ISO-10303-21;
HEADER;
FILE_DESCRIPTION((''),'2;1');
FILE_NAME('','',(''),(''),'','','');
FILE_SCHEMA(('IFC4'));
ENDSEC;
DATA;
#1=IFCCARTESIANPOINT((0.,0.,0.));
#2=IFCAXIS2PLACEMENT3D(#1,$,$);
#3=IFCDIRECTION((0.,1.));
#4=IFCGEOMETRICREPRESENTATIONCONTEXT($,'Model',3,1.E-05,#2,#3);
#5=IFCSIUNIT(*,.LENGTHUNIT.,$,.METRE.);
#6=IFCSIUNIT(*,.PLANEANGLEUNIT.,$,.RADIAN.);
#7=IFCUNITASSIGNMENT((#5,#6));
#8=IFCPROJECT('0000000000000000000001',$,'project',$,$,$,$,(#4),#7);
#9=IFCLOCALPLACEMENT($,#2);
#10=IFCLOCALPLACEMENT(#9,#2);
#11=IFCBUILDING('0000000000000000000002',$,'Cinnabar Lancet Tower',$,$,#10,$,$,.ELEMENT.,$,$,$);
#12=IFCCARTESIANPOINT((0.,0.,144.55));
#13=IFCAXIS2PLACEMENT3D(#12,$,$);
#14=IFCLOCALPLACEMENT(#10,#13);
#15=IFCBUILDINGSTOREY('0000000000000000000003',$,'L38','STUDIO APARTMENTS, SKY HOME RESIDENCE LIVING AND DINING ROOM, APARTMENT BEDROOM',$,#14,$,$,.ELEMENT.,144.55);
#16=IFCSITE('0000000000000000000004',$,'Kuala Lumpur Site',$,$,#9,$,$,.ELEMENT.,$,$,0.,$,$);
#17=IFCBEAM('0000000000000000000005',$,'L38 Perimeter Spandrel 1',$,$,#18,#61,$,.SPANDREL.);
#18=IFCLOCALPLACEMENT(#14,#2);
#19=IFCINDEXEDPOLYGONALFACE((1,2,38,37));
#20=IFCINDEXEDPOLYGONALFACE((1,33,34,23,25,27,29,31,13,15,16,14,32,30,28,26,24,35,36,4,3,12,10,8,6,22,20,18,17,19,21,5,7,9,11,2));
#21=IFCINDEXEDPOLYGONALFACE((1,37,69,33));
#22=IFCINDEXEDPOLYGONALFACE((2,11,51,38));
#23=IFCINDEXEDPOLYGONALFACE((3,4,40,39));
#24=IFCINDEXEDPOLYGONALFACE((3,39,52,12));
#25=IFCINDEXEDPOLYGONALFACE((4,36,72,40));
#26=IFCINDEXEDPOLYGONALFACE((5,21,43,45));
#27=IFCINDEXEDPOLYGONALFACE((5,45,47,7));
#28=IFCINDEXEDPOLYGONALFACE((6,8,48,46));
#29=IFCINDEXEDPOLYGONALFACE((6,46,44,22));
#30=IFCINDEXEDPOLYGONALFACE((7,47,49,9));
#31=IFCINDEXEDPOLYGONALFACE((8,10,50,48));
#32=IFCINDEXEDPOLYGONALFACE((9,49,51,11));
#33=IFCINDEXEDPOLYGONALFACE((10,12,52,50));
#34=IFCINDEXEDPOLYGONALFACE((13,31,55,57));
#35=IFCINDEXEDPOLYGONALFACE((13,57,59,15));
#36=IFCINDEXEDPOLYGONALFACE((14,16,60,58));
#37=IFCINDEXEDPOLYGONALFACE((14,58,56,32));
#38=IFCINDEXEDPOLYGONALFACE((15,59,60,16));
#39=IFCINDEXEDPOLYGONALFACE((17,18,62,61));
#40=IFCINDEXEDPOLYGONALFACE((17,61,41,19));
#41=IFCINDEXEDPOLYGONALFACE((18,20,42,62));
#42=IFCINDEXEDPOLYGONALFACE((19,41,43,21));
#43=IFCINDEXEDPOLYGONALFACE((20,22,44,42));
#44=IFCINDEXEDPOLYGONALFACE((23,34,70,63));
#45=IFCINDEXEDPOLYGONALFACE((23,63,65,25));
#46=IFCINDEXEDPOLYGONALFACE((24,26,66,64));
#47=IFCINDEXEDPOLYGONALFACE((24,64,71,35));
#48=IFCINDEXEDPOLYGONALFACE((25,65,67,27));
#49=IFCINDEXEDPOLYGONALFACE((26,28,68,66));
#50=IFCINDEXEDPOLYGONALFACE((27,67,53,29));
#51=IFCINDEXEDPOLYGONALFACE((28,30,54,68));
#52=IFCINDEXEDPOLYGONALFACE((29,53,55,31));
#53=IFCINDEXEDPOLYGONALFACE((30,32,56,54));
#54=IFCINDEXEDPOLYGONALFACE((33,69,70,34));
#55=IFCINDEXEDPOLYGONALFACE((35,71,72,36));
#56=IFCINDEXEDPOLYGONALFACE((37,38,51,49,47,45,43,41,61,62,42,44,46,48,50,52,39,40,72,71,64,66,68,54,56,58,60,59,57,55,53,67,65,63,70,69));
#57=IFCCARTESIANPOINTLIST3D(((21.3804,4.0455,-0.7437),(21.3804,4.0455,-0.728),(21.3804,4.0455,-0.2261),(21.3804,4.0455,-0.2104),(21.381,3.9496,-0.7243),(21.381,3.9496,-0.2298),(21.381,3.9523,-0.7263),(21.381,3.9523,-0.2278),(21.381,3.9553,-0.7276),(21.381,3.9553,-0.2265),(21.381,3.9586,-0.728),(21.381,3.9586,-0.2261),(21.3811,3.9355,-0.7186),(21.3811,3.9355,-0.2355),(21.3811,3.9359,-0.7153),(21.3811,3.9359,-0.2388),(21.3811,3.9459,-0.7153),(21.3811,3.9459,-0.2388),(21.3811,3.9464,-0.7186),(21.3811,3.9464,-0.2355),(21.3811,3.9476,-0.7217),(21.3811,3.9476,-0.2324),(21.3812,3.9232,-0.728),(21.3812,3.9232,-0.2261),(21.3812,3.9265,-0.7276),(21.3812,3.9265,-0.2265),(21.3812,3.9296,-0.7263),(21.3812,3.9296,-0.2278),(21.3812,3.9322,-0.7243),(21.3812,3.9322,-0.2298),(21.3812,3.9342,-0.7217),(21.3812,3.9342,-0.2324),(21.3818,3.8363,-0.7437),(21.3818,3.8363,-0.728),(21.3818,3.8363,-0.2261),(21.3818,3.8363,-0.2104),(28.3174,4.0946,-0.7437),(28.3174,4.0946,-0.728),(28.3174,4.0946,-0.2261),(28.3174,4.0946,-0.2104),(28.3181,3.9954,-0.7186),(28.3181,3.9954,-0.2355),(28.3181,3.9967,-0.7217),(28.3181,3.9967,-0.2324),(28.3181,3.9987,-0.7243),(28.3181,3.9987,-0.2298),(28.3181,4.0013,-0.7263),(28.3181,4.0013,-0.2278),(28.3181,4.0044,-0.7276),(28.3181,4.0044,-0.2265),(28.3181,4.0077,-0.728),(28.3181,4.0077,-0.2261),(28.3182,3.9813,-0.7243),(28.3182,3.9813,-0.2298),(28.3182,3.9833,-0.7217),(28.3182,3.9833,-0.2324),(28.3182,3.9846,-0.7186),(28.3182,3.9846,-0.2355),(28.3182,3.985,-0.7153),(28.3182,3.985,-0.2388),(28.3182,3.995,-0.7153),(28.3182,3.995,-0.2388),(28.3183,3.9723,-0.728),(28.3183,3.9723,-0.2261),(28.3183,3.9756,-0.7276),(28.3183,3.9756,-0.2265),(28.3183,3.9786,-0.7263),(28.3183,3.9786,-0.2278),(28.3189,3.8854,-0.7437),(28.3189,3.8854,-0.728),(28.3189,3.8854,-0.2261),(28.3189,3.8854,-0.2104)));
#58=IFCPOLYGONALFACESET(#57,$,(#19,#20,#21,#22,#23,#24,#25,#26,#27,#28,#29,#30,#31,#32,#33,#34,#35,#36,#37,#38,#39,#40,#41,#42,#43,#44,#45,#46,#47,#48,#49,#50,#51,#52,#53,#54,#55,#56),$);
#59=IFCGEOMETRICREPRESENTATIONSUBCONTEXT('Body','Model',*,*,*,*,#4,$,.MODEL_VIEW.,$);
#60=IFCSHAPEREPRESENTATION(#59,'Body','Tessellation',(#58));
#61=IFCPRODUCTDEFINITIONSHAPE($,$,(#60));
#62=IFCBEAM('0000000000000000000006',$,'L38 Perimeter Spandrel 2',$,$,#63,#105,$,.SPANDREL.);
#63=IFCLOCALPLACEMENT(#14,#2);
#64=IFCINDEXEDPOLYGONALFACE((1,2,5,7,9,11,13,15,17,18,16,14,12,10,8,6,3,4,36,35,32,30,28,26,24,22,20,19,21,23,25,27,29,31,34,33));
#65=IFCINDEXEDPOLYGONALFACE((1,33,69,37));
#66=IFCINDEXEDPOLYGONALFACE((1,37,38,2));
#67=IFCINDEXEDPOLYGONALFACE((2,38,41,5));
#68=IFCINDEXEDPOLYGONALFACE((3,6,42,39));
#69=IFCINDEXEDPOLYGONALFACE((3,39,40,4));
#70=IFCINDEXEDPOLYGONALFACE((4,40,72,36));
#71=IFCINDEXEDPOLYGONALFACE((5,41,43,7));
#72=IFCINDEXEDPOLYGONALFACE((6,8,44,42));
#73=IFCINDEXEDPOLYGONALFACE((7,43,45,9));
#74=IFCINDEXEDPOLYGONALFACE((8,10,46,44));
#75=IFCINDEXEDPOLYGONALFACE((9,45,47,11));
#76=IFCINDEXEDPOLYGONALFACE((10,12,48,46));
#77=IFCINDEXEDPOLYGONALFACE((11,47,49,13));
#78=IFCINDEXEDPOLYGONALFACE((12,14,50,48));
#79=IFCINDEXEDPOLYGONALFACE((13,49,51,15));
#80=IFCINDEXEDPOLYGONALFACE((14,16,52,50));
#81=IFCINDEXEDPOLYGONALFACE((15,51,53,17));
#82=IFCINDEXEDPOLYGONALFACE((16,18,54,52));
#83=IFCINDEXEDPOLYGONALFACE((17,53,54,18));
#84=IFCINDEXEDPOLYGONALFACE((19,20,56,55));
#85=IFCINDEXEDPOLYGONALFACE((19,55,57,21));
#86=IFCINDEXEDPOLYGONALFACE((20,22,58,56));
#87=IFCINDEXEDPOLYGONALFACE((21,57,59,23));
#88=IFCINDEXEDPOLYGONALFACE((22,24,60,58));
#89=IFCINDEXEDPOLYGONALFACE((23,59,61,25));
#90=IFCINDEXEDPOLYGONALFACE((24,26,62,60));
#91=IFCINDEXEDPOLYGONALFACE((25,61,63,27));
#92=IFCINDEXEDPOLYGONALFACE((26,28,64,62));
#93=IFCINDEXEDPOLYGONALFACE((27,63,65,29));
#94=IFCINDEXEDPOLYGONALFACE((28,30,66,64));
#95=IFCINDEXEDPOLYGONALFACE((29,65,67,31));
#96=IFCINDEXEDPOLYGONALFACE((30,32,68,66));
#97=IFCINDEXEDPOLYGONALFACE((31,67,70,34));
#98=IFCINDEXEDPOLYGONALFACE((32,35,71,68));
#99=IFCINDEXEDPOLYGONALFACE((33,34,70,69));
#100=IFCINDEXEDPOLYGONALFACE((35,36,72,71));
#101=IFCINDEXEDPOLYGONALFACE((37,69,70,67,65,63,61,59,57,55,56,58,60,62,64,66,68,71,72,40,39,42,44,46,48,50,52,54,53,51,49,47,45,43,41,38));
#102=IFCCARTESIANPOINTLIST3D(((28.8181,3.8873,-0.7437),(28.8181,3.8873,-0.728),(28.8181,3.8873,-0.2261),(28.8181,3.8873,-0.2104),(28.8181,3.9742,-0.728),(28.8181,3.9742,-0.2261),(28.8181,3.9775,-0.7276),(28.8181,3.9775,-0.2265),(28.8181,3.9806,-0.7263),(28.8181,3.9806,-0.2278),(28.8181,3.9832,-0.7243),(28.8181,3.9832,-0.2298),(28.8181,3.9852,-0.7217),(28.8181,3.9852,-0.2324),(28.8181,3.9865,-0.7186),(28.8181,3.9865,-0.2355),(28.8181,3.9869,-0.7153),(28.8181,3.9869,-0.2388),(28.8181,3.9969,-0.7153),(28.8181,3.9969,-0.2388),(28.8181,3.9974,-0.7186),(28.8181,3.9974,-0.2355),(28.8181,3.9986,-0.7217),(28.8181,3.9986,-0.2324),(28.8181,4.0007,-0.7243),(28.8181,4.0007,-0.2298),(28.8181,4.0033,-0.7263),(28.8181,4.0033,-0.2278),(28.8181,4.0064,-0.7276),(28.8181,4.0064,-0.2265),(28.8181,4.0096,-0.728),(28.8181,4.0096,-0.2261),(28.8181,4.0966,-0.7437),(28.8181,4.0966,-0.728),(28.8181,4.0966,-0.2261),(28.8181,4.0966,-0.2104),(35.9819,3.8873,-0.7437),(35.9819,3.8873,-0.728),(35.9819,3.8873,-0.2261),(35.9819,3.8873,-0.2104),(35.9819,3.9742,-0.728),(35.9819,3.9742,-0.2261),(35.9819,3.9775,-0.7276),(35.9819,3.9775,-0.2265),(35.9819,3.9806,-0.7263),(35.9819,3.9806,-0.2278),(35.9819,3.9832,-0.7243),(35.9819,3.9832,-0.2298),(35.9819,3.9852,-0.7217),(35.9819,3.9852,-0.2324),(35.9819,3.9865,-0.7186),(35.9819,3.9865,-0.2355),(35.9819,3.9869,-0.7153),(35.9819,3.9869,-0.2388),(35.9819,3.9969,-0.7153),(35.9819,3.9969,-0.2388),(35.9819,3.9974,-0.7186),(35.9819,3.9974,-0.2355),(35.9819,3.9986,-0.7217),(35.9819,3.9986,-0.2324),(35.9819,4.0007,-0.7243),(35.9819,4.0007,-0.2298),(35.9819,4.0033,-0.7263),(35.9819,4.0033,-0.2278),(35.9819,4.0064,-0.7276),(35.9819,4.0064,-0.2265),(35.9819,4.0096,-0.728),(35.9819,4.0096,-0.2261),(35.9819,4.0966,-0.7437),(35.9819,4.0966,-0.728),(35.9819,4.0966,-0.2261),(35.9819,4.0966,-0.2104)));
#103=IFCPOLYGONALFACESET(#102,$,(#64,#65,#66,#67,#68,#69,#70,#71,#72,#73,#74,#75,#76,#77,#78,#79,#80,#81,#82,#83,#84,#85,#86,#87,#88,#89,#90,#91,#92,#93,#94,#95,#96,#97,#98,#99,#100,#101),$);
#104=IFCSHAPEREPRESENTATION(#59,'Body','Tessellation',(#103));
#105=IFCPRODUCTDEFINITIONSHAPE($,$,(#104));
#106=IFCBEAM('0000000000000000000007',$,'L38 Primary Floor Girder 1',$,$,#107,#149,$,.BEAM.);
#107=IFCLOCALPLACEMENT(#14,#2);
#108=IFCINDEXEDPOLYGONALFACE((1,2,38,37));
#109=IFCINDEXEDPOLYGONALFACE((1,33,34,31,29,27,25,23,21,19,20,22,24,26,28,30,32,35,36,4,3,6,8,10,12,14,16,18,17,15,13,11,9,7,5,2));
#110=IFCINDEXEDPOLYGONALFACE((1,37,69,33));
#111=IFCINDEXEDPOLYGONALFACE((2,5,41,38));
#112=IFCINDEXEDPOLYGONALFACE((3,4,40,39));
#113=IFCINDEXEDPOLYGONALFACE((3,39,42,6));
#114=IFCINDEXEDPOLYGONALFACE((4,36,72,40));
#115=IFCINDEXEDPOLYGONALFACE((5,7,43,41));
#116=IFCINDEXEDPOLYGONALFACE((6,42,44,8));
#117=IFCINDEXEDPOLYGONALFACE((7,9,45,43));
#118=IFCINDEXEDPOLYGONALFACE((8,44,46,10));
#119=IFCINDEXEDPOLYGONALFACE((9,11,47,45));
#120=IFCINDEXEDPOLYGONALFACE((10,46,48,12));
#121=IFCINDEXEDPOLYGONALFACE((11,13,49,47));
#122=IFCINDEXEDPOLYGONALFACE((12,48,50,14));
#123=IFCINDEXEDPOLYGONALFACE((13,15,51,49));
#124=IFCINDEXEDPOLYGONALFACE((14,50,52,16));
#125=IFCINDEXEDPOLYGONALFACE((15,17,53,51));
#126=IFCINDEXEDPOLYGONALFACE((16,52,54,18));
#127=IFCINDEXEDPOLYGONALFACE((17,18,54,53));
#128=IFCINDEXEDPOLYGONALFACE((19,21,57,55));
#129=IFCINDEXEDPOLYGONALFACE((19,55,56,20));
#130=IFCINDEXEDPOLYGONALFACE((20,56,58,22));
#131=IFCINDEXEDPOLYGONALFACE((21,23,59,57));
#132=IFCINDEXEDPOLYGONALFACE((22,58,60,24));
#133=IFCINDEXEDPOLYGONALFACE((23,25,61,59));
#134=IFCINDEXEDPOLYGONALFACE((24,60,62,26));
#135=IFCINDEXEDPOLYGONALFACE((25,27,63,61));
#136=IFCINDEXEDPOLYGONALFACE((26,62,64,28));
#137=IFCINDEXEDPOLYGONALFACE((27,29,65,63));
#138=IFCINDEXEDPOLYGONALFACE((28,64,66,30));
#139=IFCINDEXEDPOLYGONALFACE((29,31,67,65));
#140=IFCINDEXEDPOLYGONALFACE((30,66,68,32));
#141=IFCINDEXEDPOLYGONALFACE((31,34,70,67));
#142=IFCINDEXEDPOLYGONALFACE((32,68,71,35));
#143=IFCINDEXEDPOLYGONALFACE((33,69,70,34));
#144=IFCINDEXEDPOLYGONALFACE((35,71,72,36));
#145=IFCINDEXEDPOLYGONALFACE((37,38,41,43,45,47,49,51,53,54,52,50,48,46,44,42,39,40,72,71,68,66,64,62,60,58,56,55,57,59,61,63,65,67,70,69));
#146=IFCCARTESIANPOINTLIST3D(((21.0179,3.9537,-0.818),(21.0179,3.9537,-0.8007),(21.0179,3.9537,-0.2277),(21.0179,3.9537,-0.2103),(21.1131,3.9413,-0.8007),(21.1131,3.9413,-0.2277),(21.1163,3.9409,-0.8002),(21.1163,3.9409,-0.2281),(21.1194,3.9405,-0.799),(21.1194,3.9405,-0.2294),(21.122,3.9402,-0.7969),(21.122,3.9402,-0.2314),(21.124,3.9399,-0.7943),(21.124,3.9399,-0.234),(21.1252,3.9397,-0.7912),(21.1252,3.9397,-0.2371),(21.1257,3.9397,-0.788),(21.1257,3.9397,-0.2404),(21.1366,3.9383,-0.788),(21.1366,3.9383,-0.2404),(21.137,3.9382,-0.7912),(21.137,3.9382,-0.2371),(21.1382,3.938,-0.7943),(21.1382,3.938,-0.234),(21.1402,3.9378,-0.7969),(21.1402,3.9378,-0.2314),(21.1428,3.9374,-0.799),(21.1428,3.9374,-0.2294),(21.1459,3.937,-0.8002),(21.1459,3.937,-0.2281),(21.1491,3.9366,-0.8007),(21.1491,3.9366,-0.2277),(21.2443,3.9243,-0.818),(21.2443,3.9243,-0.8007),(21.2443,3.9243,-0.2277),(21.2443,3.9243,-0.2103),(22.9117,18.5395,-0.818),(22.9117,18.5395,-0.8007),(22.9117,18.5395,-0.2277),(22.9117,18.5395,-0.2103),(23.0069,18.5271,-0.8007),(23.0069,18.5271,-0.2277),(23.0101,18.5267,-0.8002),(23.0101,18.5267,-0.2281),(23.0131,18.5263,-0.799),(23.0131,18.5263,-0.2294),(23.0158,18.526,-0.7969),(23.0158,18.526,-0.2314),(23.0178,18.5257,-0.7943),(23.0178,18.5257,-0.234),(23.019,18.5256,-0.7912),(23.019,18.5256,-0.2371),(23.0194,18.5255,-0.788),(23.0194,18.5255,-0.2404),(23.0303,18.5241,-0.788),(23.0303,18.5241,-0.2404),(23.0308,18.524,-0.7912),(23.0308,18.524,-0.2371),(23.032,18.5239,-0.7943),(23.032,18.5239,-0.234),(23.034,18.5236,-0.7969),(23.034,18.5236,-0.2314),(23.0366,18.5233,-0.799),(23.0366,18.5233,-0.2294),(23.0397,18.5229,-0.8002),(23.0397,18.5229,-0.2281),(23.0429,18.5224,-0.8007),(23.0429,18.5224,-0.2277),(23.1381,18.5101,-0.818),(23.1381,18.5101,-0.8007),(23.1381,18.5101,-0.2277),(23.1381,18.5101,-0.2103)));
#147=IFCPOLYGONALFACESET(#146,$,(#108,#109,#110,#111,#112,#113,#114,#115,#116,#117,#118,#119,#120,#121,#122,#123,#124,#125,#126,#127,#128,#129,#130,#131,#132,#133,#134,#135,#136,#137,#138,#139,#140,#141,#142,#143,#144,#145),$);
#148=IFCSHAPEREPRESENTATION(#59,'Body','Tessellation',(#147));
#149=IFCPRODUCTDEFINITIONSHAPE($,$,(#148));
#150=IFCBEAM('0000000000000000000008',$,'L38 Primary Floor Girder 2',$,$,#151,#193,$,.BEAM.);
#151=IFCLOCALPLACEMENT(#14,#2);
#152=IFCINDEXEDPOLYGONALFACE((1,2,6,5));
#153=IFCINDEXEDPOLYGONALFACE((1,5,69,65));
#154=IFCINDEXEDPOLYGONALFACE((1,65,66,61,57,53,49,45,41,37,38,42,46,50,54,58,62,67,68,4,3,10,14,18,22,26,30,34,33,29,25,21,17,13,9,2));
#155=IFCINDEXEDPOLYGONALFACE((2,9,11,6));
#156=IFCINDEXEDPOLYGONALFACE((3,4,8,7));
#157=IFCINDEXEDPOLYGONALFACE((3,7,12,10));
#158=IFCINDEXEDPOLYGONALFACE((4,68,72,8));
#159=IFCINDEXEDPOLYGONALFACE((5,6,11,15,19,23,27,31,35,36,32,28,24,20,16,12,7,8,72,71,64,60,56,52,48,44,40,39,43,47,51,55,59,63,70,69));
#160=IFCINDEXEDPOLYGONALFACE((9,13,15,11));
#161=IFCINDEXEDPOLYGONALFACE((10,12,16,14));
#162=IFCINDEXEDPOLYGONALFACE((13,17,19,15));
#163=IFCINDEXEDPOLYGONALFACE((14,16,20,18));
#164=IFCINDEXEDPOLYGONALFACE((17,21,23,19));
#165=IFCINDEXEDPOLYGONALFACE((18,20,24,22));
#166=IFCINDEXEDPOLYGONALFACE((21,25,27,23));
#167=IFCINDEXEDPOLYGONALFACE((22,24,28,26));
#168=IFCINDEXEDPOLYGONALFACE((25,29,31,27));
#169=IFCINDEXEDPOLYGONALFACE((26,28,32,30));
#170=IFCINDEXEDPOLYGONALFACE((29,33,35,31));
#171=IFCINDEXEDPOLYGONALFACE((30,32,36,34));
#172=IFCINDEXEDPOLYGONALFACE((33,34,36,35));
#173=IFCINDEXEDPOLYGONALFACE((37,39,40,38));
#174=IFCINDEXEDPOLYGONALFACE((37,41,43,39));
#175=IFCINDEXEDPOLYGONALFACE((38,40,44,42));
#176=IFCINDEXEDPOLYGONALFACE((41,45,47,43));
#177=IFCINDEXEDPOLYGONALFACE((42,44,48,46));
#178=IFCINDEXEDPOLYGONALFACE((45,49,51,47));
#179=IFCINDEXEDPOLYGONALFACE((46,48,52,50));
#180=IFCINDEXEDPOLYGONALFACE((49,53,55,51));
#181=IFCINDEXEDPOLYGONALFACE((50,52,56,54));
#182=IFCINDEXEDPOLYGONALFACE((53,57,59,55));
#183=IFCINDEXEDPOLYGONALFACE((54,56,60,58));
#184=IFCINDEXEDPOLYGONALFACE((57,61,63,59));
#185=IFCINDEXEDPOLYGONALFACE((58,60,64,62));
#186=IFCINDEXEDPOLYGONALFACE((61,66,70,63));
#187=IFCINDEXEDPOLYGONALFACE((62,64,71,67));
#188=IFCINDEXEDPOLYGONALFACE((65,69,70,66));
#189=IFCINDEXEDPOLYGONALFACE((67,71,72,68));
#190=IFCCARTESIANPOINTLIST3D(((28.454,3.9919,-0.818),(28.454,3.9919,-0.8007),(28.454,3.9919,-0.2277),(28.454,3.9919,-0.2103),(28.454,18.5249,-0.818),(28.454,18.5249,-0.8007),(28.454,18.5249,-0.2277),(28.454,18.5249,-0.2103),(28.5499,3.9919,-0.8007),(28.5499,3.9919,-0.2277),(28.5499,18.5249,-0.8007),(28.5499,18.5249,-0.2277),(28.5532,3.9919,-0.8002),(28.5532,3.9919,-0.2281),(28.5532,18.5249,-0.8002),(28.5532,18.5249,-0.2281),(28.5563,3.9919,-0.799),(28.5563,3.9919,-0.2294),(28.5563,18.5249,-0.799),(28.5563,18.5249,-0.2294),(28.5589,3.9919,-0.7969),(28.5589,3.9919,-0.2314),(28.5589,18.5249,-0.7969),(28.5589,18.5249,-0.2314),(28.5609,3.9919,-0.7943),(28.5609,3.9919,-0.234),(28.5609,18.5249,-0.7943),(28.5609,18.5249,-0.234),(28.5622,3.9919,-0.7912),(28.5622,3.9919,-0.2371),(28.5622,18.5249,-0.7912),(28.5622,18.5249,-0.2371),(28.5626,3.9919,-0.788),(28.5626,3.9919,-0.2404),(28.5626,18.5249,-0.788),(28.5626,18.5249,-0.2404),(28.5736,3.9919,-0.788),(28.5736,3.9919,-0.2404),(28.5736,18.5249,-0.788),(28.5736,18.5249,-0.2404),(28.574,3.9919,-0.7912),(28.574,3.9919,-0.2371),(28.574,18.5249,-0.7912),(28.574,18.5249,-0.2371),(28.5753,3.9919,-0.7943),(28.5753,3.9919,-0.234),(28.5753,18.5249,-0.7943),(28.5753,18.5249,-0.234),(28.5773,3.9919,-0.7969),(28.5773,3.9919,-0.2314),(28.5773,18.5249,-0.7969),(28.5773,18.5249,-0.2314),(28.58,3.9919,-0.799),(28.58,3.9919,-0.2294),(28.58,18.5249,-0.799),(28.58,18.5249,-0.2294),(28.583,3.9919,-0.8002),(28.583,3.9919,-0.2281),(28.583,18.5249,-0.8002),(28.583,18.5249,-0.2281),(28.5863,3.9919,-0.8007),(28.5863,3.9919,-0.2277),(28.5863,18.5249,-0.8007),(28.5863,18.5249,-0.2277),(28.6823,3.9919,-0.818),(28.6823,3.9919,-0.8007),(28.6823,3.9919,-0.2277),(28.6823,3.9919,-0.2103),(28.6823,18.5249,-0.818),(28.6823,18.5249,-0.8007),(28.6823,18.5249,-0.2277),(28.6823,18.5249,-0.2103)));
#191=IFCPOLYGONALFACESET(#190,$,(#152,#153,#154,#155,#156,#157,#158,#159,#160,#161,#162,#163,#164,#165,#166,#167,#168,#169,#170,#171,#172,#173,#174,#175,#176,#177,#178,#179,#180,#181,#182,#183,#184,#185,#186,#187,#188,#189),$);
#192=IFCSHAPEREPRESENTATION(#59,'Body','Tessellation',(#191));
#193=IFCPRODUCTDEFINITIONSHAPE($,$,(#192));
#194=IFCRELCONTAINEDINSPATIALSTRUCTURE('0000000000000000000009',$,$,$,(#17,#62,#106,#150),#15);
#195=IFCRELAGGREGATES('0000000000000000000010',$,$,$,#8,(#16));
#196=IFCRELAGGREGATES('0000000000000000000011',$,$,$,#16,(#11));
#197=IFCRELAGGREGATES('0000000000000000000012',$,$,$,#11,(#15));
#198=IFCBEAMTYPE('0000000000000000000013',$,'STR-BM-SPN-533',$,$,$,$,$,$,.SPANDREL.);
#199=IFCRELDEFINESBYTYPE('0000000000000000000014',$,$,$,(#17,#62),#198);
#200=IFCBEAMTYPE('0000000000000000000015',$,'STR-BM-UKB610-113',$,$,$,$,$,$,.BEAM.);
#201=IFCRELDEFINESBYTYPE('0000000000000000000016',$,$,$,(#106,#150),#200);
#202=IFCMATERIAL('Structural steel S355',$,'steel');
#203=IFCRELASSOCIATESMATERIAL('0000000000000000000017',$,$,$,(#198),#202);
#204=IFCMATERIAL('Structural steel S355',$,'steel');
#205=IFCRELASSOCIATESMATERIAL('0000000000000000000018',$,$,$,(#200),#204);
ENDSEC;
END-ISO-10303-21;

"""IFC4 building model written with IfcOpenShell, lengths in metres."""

from ifc_helpers import new_model, si_unit, direction, frame, origin, origin_2d, place, context, subcontext, project, spatial, i_section, extrude, material, material_profile, profile_set, type_object, element, save


model = new_model("IFC4")

# Units and contexts
model_context = context("Model", 3, precision=1e-05, world=origin(), true_north=direction((0.0, 1.0)))
body_context = subcontext(model_context, "Body", "Model", "MODEL_VIEW")
ifc_project = project(units=[si_unit("LENGTHUNIT", "METRE"), si_unit("PLANEANGLEUNIT", "RADIAN")], contexts=[model_context])

# Site, building, storey
site_placement = place(None, origin())
site = spatial("IfcSite", under=ifc_project, at=site_placement, Name="Kuala Lumpur Site", CompositionType="ELEMENT", RefElevation=0.0)
building_placement = place(site_placement, origin())
building = spatial("IfcBuilding", under=site, at=building_placement, Name="Cinnabar Lancet Tower", CompositionType="ELEMENT")
storey_placement = place(building_placement, frame((0.0, 0.0, 144.55)))
storey = spatial("IfcBuildingStorey", under=building, at=storey_placement, Name="L38", Description="STUDIO APARTMENTS, SKY HOME RESIDENCE LIVING AND DINING ROOM, APARTMENT BEDROOM", CompositionType="ELEMENT", Elevation=144.55)

# Beams
ifc_material_1 = material(Name="Structural steel S355", Category="steel")
ifc_material_profile_1 = material_profile(ifc_material_1, i_section(OverallWidth=0.2092, OverallDepth=0.5332, WebThickness=0.01, FlangeThickness=0.0156, FilletRadius=0.0127, at=origin_2d()), Name="UKB 533x210x92")
ifc_profile_set_1 = profile_set([ifc_material_profile_1], Name="Structural steel S355")
beam_type_1 = type_object("IfcBeamType", Name="STR-BM-SPN-533", PredefinedType="SPANDREL", material=ifc_profile_set_1)
beam_1_placement = place(storey_placement, frame((21.3811, 3.9409, -0.4771), z_axis=(0.999975, 0.007074, 0.0), x_axis=(-0.007074, 0.999975, 0.0)))
element("IfcBeam", 1, at=beam_1_placement, inside=storey, type_object=beam_type_1, Name="L38 Perimeter Spandrel 1", PredefinedType="SPANDREL", context=body_context, shape_type="SweptSolid", body=[
    extrude(i_section(OverallWidth=0.2092, OverallDepth=0.5332, WebThickness=0.01, FlangeThickness=0.0156, FilletRadius=0.0127, at=origin_2d()), origin(), (0.0, 0.0, 1.0), 6.9373),
])
beam_2_placement = place(storey_placement, frame((28.8181, 3.9919, -0.4771), z_axis=(1.0, 0.0, 0.0), x_axis=(0.0, 1.0, 0.0)))
element("IfcBeam", 2, at=beam_2_placement, inside=storey, type_object=beam_type_1, Name="L38 Perimeter Spandrel 2", PredefinedType="SPANDREL", context=body_context, shape_type="SweptSolid", body=[
    extrude(i_section(OverallWidth=0.2092, OverallDepth=0.5332, WebThickness=0.01, FlangeThickness=0.0156, FilletRadius=0.0127, at=origin_2d()), origin(), (0.0, 0.0, 1.0), 7.1638),
])
ifc_material_2 = material(Name="Structural steel S355", Category="steel")
ifc_material_profile_2 = material_profile(ifc_material_2, i_section(OverallWidth=0.2283, OverallDepth=0.6077, WebThickness=0.011, FlangeThickness=0.0173, FilletRadius=0.0127, at=origin_2d()), Name="UKB 610x229x113")
ifc_profile_set_2 = profile_set([ifc_material_profile_2], Name="Structural steel S355")
beam_type_2 = type_object("IfcBeamType", Name="STR-BM-UKB610-113", PredefinedType="BEAM", material=ifc_profile_set_2)
beam_3_placement = place(storey_placement, frame((21.1311, 3.939, -0.5142), z_axis=(0.128757, 0.991676, 0.0), x_axis=(-0.991676, 0.128757, 0.0)))
element("IfcBeam", 3, at=beam_3_placement, inside=storey, type_object=beam_type_2, Name="L38 Primary Floor Girder 1", PredefinedType="BEAM", context=body_context, shape_type="SweptSolid", body=[
    extrude(i_section(OverallWidth=0.2283, OverallDepth=0.6077, WebThickness=0.011, FlangeThickness=0.0173, FilletRadius=0.0127, at=origin_2d()), origin(), (0.0, 0.0, 1.0), 14.7083),
])
beam_4_placement = place(storey_placement, frame((28.5681, 3.9919, -0.5142), z_axis=(0.0, 1.0, 0.0), x_axis=(-1.0, 0.0, 0.0)))
element("IfcBeam", 4, at=beam_4_placement, inside=storey, type_object=beam_type_2, Name="L38 Primary Floor Girder 2", PredefinedType="BEAM", context=body_context, shape_type="SweptSolid", body=[
    extrude(i_section(OverallWidth=0.2283, OverallDepth=0.6077, WebThickness=0.011, FlangeThickness=0.0173, FilletRadius=0.0127, at=origin_2d()), origin(), (0.0, 0.0, 1.0), 14.533),
])

save(model, "model.ifc")
